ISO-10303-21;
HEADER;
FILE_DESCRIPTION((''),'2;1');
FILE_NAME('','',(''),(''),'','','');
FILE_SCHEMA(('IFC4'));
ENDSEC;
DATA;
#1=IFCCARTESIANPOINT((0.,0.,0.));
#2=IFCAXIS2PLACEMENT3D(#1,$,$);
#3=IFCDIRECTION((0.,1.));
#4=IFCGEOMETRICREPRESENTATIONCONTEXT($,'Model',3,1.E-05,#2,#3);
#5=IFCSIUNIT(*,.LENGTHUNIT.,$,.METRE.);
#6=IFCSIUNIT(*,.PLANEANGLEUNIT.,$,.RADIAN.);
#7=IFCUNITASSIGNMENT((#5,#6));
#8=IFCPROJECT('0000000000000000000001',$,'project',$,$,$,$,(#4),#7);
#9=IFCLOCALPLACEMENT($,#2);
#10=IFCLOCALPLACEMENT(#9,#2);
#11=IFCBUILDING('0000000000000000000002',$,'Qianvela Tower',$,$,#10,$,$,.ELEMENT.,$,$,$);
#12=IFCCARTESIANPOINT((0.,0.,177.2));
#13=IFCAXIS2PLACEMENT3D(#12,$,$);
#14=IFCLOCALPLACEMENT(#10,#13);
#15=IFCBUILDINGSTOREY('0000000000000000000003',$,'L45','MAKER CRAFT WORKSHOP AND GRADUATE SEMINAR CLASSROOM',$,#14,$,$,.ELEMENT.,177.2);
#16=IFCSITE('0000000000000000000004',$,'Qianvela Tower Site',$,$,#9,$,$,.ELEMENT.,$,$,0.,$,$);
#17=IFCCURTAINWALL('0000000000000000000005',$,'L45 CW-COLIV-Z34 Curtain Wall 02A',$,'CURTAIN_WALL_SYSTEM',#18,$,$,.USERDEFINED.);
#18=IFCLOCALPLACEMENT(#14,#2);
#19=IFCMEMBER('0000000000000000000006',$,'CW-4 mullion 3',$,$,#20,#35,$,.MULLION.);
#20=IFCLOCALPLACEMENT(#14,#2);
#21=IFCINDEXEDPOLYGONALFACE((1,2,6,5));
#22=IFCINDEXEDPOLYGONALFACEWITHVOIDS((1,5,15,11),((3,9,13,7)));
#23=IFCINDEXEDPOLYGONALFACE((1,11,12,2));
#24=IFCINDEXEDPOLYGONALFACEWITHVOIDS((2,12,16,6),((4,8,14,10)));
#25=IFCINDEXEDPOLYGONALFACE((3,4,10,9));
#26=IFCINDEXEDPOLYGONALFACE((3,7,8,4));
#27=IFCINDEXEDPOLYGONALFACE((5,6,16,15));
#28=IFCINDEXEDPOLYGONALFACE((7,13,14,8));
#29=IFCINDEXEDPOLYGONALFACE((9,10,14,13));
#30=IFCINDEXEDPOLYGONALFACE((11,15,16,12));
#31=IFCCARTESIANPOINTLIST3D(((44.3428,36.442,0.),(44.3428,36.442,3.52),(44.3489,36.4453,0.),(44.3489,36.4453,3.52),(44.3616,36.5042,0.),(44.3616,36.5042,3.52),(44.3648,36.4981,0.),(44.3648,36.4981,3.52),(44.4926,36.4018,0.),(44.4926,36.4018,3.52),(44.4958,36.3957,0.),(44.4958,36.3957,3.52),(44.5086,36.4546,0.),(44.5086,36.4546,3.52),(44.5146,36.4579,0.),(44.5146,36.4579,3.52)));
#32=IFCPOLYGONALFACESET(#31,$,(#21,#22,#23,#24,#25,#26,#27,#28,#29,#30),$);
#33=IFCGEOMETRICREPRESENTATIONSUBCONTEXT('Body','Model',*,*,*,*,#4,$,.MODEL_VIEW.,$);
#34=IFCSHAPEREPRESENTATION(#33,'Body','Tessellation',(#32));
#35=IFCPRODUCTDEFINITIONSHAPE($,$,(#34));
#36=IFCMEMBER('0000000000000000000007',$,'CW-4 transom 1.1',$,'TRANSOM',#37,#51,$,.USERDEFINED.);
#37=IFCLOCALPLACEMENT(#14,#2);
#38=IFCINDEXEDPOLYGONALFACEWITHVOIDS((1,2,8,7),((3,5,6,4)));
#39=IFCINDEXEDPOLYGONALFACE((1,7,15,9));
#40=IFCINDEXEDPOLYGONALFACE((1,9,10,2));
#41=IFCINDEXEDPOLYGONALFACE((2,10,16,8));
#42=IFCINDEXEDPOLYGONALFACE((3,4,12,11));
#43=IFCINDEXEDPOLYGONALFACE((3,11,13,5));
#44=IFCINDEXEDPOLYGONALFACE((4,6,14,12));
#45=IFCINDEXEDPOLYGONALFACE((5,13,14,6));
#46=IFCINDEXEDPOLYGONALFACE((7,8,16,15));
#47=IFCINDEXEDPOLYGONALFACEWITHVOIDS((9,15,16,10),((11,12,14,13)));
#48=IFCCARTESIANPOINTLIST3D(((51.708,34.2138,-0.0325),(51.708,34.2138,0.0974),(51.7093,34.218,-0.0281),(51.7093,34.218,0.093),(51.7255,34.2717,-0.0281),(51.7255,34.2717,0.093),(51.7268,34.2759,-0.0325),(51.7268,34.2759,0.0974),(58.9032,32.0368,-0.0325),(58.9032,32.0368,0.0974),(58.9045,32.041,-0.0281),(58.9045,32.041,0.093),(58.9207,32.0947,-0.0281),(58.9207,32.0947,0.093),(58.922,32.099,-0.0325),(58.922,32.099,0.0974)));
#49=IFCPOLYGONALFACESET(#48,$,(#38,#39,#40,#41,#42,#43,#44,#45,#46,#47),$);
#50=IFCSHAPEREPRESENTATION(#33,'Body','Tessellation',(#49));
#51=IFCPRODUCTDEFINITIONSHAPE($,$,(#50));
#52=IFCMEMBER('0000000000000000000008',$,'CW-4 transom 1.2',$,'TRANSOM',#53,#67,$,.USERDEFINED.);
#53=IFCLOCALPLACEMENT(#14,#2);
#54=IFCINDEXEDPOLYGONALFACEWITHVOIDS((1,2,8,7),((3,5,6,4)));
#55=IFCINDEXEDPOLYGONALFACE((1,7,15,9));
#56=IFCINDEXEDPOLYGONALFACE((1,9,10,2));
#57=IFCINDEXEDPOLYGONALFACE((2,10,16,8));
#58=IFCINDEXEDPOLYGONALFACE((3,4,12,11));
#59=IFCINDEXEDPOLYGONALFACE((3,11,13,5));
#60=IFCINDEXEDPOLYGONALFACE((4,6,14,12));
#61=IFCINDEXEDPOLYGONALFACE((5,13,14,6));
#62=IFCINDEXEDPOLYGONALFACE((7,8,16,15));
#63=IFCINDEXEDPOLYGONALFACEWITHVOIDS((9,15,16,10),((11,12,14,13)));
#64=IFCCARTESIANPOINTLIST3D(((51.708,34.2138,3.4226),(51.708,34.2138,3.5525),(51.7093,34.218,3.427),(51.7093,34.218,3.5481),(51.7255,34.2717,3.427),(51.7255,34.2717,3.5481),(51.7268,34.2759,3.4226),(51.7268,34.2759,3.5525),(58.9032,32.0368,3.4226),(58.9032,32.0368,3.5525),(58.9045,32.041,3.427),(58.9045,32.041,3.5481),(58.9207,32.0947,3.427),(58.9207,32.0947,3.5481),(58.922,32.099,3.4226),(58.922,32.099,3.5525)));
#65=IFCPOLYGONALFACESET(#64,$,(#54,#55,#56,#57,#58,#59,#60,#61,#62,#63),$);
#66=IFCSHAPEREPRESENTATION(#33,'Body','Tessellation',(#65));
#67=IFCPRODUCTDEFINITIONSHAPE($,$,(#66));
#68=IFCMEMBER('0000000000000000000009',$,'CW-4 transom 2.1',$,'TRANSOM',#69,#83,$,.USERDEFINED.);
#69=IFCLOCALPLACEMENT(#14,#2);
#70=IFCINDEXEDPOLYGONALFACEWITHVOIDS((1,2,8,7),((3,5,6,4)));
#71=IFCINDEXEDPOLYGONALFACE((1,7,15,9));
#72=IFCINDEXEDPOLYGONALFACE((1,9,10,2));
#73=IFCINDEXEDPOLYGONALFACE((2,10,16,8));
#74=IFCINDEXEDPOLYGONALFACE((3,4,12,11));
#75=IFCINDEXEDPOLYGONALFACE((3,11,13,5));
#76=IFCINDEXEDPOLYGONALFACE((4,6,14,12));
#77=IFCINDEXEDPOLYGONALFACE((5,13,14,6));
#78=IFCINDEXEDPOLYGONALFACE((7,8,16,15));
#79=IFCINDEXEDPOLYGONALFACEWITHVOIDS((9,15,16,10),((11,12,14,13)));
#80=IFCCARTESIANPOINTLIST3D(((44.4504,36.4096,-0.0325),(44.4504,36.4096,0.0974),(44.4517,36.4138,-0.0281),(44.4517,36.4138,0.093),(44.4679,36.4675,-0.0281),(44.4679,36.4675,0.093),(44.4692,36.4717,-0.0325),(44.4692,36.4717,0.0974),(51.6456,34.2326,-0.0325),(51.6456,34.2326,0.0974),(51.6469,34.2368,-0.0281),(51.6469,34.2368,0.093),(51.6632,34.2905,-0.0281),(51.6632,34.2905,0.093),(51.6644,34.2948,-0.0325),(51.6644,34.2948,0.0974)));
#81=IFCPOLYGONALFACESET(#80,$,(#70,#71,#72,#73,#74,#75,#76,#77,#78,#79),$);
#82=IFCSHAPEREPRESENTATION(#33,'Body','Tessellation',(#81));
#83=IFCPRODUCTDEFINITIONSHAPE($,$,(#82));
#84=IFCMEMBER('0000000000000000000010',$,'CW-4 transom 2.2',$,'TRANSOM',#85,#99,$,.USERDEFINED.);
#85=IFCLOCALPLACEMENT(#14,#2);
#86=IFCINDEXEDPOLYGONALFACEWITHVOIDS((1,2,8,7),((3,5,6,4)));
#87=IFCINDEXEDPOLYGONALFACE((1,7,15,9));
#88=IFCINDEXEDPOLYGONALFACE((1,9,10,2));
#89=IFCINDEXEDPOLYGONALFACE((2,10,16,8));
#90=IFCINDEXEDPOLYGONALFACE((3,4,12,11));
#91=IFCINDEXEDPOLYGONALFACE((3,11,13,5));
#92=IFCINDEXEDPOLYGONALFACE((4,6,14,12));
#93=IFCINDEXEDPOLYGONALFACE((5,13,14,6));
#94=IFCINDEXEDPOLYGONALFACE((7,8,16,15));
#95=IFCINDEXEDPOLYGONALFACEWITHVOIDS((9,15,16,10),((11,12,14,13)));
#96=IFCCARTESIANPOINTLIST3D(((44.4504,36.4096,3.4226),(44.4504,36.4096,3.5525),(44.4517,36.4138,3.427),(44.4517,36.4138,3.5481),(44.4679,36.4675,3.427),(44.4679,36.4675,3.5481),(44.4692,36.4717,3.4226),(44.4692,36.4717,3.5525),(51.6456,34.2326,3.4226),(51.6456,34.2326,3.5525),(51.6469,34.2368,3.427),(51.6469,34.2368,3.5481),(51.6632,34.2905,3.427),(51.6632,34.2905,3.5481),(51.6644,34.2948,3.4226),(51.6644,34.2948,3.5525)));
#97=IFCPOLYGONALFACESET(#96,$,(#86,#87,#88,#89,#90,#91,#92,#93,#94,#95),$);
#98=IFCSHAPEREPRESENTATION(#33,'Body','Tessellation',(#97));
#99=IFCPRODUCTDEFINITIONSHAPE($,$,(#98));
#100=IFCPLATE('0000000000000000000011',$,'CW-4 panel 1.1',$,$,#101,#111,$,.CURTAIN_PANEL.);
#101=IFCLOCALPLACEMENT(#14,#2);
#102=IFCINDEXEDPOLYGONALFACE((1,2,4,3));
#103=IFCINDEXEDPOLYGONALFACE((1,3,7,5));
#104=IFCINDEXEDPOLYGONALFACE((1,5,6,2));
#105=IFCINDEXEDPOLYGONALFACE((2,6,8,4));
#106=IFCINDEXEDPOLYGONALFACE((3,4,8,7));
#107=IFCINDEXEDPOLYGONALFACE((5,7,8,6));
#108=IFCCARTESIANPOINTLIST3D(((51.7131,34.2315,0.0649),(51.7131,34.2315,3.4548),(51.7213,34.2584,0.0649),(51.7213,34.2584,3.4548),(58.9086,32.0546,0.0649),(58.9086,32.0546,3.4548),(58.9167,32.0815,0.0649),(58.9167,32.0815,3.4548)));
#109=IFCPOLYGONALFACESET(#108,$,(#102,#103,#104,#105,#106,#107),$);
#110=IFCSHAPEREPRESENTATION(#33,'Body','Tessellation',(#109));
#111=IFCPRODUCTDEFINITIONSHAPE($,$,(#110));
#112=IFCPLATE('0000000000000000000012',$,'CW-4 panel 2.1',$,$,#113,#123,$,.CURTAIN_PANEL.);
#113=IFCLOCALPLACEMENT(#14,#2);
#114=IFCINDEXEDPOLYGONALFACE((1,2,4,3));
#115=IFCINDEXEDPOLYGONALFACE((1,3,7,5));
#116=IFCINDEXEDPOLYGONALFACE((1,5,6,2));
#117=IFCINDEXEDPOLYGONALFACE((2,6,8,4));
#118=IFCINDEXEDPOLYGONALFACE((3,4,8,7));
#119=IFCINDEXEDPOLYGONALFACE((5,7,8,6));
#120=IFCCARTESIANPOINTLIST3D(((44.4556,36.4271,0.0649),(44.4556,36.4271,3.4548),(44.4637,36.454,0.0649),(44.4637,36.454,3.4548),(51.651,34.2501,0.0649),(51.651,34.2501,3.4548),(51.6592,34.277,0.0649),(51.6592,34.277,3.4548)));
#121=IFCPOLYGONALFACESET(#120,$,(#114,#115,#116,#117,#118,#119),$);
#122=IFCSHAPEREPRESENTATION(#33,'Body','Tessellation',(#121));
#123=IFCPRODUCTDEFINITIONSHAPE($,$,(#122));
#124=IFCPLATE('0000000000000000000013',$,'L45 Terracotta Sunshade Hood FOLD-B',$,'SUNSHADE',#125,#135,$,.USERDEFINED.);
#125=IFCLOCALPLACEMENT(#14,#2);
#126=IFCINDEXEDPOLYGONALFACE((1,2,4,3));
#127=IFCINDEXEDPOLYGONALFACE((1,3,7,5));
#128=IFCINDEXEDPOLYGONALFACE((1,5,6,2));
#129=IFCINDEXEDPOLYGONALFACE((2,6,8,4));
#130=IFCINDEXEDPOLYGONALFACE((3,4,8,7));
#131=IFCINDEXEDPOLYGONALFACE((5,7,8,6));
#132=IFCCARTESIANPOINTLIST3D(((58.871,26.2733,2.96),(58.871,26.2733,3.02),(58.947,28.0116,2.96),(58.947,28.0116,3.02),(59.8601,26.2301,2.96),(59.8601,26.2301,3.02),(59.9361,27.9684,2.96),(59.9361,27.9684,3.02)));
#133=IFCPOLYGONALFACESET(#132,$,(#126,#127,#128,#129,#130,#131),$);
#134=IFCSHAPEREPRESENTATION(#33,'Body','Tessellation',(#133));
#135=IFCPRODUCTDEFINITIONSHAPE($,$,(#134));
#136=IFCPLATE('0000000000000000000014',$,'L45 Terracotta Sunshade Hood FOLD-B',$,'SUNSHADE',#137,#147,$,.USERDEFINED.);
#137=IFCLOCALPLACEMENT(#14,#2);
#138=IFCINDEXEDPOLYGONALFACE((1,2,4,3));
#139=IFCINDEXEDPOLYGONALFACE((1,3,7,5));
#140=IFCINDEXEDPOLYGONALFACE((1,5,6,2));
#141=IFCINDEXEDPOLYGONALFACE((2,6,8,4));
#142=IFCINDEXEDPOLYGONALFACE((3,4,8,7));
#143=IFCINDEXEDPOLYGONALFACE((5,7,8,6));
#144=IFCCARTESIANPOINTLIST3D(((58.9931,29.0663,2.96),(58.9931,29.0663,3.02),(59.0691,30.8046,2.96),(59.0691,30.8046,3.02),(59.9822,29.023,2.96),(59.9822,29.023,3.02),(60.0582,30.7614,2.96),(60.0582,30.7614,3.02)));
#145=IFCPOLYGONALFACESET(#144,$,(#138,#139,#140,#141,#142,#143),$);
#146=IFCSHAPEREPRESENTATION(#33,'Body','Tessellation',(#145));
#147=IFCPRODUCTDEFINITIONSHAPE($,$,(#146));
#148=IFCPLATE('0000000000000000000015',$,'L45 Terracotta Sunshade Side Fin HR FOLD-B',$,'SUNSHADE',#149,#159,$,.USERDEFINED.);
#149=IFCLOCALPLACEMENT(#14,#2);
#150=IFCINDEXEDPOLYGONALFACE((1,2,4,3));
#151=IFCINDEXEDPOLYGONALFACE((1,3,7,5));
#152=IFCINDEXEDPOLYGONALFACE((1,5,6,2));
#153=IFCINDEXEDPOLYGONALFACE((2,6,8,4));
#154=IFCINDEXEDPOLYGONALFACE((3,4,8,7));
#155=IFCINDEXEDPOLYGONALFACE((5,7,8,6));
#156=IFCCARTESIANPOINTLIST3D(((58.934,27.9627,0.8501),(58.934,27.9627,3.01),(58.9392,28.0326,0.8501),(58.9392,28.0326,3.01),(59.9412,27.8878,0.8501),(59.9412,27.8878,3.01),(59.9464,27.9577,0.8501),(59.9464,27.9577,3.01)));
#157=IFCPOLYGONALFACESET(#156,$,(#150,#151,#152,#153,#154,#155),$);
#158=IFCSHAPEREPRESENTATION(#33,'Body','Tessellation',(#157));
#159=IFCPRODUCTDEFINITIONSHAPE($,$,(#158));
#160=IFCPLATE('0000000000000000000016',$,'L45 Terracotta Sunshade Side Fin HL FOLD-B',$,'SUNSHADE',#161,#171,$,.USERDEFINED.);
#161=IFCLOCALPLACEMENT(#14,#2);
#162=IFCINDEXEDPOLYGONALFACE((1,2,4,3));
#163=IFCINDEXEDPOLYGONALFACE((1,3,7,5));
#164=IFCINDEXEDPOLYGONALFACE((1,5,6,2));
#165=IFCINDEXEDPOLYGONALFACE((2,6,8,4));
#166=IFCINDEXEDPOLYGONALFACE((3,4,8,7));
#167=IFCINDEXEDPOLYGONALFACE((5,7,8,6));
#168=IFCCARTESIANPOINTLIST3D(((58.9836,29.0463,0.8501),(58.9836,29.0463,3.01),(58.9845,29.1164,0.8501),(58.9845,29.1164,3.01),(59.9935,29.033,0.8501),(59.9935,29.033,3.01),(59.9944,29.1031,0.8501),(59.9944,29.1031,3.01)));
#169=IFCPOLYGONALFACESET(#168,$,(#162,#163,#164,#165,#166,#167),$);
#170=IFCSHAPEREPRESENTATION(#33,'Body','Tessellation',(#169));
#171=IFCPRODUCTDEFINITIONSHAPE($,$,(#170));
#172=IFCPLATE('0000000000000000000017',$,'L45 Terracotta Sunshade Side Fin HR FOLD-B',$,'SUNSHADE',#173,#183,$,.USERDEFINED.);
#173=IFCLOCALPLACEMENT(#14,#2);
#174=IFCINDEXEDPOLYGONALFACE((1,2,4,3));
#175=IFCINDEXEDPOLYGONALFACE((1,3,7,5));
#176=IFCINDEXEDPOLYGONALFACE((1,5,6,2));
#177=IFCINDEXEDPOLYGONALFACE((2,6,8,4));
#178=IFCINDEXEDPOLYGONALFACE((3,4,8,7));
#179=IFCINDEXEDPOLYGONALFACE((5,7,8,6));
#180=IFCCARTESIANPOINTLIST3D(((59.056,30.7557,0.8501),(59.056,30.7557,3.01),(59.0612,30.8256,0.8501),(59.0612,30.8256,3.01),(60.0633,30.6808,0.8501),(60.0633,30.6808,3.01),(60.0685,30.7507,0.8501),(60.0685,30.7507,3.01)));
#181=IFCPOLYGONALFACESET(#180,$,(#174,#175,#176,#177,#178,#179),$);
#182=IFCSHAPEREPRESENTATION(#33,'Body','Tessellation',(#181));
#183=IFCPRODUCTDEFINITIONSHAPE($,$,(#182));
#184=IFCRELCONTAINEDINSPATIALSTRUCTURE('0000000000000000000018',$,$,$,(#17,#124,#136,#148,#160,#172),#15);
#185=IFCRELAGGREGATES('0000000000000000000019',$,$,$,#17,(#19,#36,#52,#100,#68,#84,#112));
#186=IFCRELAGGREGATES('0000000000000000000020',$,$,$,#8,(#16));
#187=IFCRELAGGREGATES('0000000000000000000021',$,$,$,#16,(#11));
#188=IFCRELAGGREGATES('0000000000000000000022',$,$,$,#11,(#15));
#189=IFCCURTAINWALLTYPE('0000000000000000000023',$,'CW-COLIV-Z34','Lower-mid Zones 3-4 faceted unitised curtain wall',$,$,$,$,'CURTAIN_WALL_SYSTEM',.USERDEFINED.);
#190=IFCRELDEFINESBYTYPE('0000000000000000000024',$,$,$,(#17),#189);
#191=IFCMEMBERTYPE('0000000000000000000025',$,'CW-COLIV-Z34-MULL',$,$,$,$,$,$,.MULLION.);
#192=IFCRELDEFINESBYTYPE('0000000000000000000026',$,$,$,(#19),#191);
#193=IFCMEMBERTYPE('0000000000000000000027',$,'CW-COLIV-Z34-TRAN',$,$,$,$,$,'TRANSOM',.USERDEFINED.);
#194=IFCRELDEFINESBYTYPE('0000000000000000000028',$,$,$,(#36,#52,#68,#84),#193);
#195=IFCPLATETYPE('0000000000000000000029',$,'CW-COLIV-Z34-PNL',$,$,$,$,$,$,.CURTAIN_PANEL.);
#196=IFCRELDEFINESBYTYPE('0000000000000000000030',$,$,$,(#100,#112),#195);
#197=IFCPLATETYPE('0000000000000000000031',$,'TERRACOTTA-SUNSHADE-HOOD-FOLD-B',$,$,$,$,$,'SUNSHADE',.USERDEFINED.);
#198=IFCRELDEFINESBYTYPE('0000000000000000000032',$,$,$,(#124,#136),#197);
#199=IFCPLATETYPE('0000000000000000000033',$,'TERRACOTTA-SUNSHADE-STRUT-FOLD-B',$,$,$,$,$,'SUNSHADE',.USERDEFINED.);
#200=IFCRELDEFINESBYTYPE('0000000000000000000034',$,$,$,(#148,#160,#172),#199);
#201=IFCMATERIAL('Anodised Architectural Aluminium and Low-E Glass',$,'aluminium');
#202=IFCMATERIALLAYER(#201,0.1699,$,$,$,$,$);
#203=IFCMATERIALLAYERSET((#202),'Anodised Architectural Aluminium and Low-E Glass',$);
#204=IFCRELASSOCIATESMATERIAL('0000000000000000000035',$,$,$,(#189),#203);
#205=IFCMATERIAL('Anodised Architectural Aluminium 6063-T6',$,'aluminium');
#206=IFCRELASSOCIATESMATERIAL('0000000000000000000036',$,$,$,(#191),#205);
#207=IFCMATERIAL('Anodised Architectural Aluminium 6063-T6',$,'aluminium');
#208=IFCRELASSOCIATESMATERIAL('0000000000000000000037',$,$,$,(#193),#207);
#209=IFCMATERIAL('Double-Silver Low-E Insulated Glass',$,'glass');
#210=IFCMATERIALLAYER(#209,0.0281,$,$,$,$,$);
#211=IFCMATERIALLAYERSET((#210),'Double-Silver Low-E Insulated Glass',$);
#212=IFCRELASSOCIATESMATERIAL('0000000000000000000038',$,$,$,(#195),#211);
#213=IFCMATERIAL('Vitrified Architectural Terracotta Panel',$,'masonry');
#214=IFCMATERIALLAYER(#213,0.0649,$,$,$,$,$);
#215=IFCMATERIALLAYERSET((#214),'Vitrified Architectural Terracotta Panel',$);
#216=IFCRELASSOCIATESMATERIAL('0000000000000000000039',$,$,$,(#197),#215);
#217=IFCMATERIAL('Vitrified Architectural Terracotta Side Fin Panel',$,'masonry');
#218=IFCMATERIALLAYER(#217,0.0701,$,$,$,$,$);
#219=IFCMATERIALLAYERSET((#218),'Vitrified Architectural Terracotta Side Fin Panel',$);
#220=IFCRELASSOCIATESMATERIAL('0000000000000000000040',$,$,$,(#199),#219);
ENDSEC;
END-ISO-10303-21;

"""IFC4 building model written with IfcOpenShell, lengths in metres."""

from ifc_helpers import new_model, si_unit, direction, frame, origin, origin_2d, place, context, subcontext, project, spatial, rectangle, hollow_rectangle, extrude, material, layer, layer_set, material_profile, profile_set, type_object, element, aggregate, save


model = new_model("IFC4")

# Units and contexts
model_context = context("Model", 3, precision=1e-05, world=origin(), true_north=direction((0.0, 1.0)))
body_context = subcontext(model_context, "Body", "Model", "MODEL_VIEW")
ifc_project = project(units=[si_unit("LENGTHUNIT", "METRE"), si_unit("PLANEANGLEUNIT", "RADIAN")], contexts=[model_context])

# Site, building, storey
site_placement = place(None, origin())
site = spatial("IfcSite", under=ifc_project, at=site_placement, Name="Qianvela Tower Site", CompositionType="ELEMENT", RefElevation=0.0)
building_placement = place(site_placement, origin())
building = spatial("IfcBuilding", under=site, at=building_placement, Name="Qianvela Tower", CompositionType="ELEMENT")
storey_placement = place(building_placement, frame((0.0, 0.0, 177.2)))
storey = spatial("IfcBuildingStorey", under=building, at=storey_placement, Name="L45", Description="MAKER CRAFT WORKSHOP AND GRADUATE SEMINAR CLASSROOM", CompositionType="ELEMENT", Elevation=177.2)

# Curtain wall, members, plates
ifc_material_1 = material(Name="Anodised Architectural Aluminium and Low-E Glass", Category="aluminium")
ifc_layer_1 = layer(ifc_material_1, 0.1699)
ifc_layer_set_1 = layer_set([ifc_layer_1], Name="Anodised Architectural Aluminium and Low-E Glass")
curtain_wall_type_1 = type_object("IfcCurtainWallType", Name="CW-COLIV-Z34", Description="Lower-mid Zones 3-4 faceted unitised curtain wall", ElementType="CURTAIN_WALL_SYSTEM", PredefinedType="USERDEFINED", material=ifc_layer_set_1)
curtain_wall_1_placement = place(storey_placement, origin())
curtain_wall_1 = element("IfcCurtainWall", 1, at=curtain_wall_1_placement, inside=storey, type_object=curtain_wall_type_1, Name="L45 CW-COLIV-Z34 Curtain Wall 02A", ObjectType="CURTAIN_WALL_SYSTEM", PredefinedType="USERDEFINED")
ifc_material_2 = material(Name="Anodised Architectural Aluminium 6063-T6", Category="aluminium")
ifc_material_profile_1 = material_profile(ifc_material_2, hollow_rectangle(XDim=0.0649, YDim=0.1599, WallThickness=0.0049, at=origin_2d()), Name="ALU-MULL-65x160")
ifc_profile_set_1 = profile_set([ifc_material_profile_1], Name="Anodised Architectural Aluminium 6063-T6")
member_type_1 = type_object("IfcMemberType", Name="CW-COLIV-Z34-MULL", PredefinedType="MULLION", material=ifc_profile_set_1)
member_1_placement = place(storey_placement, frame((44.4287, 36.45, 0.0), z_axis=(0.0, 0.0, 1.0), x_axis=(-0.289581, -0.957154, 0.0)))
member_1 = element("IfcMember", 2, at=member_1_placement, type_object=member_type_1, Name="CW-4 mullion 3", PredefinedType="MULLION", context=body_context, shape_type="SweptSolid", body=[
    extrude(hollow_rectangle(XDim=0.0649, YDim=0.1599, WallThickness=0.0049, at=origin_2d()), origin(), (0.0, 0.0, 1.0), 3.52),
])
ifc_material_3 = material(Name="Anodised Architectural Aluminium 6063-T6", Category="aluminium")
ifc_material_profile_2 = material_profile(ifc_material_3, hollow_rectangle(XDim=0.0649, YDim=0.1299, WallThickness=0.0044, at=origin_2d()), Name="ALU-TRAN-65x130")
ifc_profile_set_2 = profile_set([ifc_material_profile_2], Name="Anodised Architectural Aluminium 6063-T6")
member_type_2 = type_object("IfcMemberType", Name="CW-COLIV-Z34-TRAN", ElementType="TRANSOM", PredefinedType="USERDEFINED", material=ifc_profile_set_2)
member_2_placement = place(storey_placement, frame((58.9126, 32.0679, 0.0325), z_axis=(-0.95715, 0.289594, 0.0), x_axis=(-0.289594, -0.95715, 0.0)))
member_2 = element("IfcMember", 3, at=member_2_placement, type_object=member_type_2, Name="CW-4 transom 1.1", ObjectType="TRANSOM", PredefinedType="USERDEFINED", context=body_context, shape_type="SweptSolid", body=[
    extrude(hollow_rectangle(XDim=0.0649, YDim=0.1299, WallThickness=0.0044, at=origin_2d()), origin(), (0.0, 0.0, 1.0), 7.5173),
])
member_3_placement = place(storey_placement, frame((58.9126, 32.0679, 3.4875), z_axis=(-0.95715, 0.289594, 0.0), x_axis=(-0.289594, -0.95715, 0.0)))
member_3 = element("IfcMember", 4, at=member_3_placement, type_object=member_type_2, Name="CW-4 transom 1.2", ObjectType="TRANSOM", PredefinedType="USERDEFINED", context=body_context, shape_type="SweptSolid", body=[
    extrude(hollow_rectangle(XDim=0.0649, YDim=0.1299, WallThickness=0.0044, at=origin_2d()), origin(), (0.0, 0.0, 1.0), 7.5173),
])
member_4_placement = place(storey_placement, frame((51.655, 34.2637, 0.0325), z_axis=(-0.95715, 0.289594, 0.0), x_axis=(-0.289594, -0.95715, 0.0)))
member_4 = element("IfcMember", 5, at=member_4_placement, type_object=member_type_2, Name="CW-4 transom 2.1", ObjectType="TRANSOM", PredefinedType="USERDEFINED", context=body_context, shape_type="SweptSolid", body=[
    extrude(hollow_rectangle(XDim=0.0649, YDim=0.1299, WallThickness=0.0044, at=origin_2d()), origin(), (0.0, 0.0, 1.0), 7.5173),
])
member_5_placement = place(storey_placement, frame((51.655, 34.2637, 3.4875), z_axis=(-0.95715, 0.289594, 0.0), x_axis=(-0.289594, -0.95715, 0.0)))
member_5 = element("IfcMember", 6, at=member_5_placement, type_object=member_type_2, Name="CW-4 transom 2.2", ObjectType="TRANSOM", PredefinedType="USERDEFINED", context=body_context, shape_type="SweptSolid", body=[
    extrude(hollow_rectangle(XDim=0.0649, YDim=0.1299, WallThickness=0.0044, at=origin_2d()), origin(), (0.0, 0.0, 1.0), 7.5173),
])
ifc_material_4 = material(Name="Double-Silver Low-E Insulated Glass", Category="glass")
ifc_layer_2 = layer(ifc_material_4, 0.0281)
ifc_layer_set_2 = layer_set([ifc_layer_2], Name="Double-Silver Low-E Insulated Glass")
plate_type_1 = type_object("IfcPlateType", Name="CW-COLIV-Z34-PNL", PredefinedType="CURTAIN_PANEL", material=ifc_layer_set_2)
plate_1_placement = place(storey_placement, frame((55.3149, 33.1565, 0.0649), z_axis=(0.0, 0.0, 1.0), x_axis=(-0.957154, 0.289581, 0.0)))
plate_1 = element("IfcPlate", 7, at=plate_1_placement, type_object=plate_type_1, Name="CW-4 panel 1.1", PredefinedType="CURTAIN_PANEL", context=body_context, shape_type="SweptSolid", body=[
    extrude(rectangle(XDim=7.5176, YDim=0.0281, at=origin_2d()), origin(), (0.0, 0.0, 1.0), 3.3899),
])
plate_2_placement = place(storey_placement, frame((48.0574, 35.3521, 0.0649), z_axis=(0.0, 0.0, 1.0), x_axis=(-0.957154, 0.289581, 0.0)))
plate_2 = element("IfcPlate", 8, at=plate_2_placement, type_object=plate_type_1, Name="CW-4 panel 2.1", PredefinedType="CURTAIN_PANEL", context=body_context, shape_type="SweptSolid", body=[
    extrude(rectangle(XDim=7.5176, YDim=0.0281, at=origin_2d()), origin(), (0.0, 0.0, 1.0), 3.3899),
])
aggregate(curtain_wall_1, [member_1, member_2, member_3, plate_1, member_4, member_5, plate_2])

# Plates
ifc_material_5 = material(Name="Vitrified Architectural Terracotta Panel", Category="masonry")
ifc_layer_3 = layer(ifc_material_5, 0.0649)
ifc_layer_set_3 = layer_set([ifc_layer_3], Name="Vitrified Architectural Terracotta Panel")
plate_type_2 = type_object("IfcPlateType", Name="TERRACOTTA-SUNSHADE-HOOD-FOLD-B", ElementType="SUNSHADE", PredefinedType="USERDEFINED", material=ifc_layer_set_3)
for number, where, z_axis, x_axis, name in (
    (9, (59.4036, 27.1208, 2.96), (0.0, 0.0, 1.0), (0.043682, 0.999045, 0.0), "L45 Terracotta Sunshade Hood FOLD-B"),
    (10, (59.5256, 29.9138, 2.96), (0.0, 0.0, 1.0), (0.043682, 0.999045, 0.0), "L45 Terracotta Sunshade Hood FOLD-B"),
):
    element("IfcPlate", number, at=place(storey_placement, frame(where, z_axis=z_axis, x_axis=x_axis)), inside=storey, type_object=plate_type_2, Name=name, ObjectType="SUNSHADE", PredefinedType="USERDEFINED", context=body_context, shape_type="SweptSolid", body=[
        extrude(rectangle(XDim=1.74, YDim=0.99, at=origin_2d()), origin(), (0.0, 0.0, 1.0), 0.0601),
    ])
ifc_material_6 = material(Name="Vitrified Architectural Terracotta Side Fin Panel", Category="masonry")
ifc_layer_4 = layer(ifc_material_6, 0.0701)
ifc_layer_set_4 = layer_set([ifc_layer_4], Name="Vitrified Architectural Terracotta Side Fin Panel")
plate_type_3 = type_object("IfcPlateType", Name="TERRACOTTA-SUNSHADE-STRUT-FOLD-B", ElementType="SUNSHADE", PredefinedType="USERDEFINED", material=ifc_layer_set_4)
for number, where, z_axis, x_axis, name in (
    (11, (59.4402, 27.9602, 0.8501), (0.0, 0.0, 1.0), (0.074171, 0.997246, 0.0), "L45 Terracotta Sunshade Side Fin HR FOLD-B"),
    (12, (59.489, 29.0747, 0.8501), (0.0, 0.0, 1.0), (0.013152, 0.999914, 0.0), "L45 Terracotta Sunshade Side Fin HL FOLD-B"),
    (13, (59.5623, 30.7532, 0.8501), (0.0, 0.0, 1.0), (0.074171, 0.997246, 0.0), "L45 Terracotta Sunshade Side Fin HR FOLD-B"),
):
    element("IfcPlate", number, at=place(storey_placement, frame(where, z_axis=z_axis, x_axis=x_axis)), inside=storey, type_object=plate_type_3, Name=name, ObjectType="SUNSHADE", PredefinedType="USERDEFINED", context=body_context, shape_type="SweptSolid", body=[
        extrude(rectangle(XDim=0.0701, YDim=1.01, at=origin_2d()), origin(), (0.0, 0.0, 1.0), 2.1599),
    ])

save(model, "model.ifc")
